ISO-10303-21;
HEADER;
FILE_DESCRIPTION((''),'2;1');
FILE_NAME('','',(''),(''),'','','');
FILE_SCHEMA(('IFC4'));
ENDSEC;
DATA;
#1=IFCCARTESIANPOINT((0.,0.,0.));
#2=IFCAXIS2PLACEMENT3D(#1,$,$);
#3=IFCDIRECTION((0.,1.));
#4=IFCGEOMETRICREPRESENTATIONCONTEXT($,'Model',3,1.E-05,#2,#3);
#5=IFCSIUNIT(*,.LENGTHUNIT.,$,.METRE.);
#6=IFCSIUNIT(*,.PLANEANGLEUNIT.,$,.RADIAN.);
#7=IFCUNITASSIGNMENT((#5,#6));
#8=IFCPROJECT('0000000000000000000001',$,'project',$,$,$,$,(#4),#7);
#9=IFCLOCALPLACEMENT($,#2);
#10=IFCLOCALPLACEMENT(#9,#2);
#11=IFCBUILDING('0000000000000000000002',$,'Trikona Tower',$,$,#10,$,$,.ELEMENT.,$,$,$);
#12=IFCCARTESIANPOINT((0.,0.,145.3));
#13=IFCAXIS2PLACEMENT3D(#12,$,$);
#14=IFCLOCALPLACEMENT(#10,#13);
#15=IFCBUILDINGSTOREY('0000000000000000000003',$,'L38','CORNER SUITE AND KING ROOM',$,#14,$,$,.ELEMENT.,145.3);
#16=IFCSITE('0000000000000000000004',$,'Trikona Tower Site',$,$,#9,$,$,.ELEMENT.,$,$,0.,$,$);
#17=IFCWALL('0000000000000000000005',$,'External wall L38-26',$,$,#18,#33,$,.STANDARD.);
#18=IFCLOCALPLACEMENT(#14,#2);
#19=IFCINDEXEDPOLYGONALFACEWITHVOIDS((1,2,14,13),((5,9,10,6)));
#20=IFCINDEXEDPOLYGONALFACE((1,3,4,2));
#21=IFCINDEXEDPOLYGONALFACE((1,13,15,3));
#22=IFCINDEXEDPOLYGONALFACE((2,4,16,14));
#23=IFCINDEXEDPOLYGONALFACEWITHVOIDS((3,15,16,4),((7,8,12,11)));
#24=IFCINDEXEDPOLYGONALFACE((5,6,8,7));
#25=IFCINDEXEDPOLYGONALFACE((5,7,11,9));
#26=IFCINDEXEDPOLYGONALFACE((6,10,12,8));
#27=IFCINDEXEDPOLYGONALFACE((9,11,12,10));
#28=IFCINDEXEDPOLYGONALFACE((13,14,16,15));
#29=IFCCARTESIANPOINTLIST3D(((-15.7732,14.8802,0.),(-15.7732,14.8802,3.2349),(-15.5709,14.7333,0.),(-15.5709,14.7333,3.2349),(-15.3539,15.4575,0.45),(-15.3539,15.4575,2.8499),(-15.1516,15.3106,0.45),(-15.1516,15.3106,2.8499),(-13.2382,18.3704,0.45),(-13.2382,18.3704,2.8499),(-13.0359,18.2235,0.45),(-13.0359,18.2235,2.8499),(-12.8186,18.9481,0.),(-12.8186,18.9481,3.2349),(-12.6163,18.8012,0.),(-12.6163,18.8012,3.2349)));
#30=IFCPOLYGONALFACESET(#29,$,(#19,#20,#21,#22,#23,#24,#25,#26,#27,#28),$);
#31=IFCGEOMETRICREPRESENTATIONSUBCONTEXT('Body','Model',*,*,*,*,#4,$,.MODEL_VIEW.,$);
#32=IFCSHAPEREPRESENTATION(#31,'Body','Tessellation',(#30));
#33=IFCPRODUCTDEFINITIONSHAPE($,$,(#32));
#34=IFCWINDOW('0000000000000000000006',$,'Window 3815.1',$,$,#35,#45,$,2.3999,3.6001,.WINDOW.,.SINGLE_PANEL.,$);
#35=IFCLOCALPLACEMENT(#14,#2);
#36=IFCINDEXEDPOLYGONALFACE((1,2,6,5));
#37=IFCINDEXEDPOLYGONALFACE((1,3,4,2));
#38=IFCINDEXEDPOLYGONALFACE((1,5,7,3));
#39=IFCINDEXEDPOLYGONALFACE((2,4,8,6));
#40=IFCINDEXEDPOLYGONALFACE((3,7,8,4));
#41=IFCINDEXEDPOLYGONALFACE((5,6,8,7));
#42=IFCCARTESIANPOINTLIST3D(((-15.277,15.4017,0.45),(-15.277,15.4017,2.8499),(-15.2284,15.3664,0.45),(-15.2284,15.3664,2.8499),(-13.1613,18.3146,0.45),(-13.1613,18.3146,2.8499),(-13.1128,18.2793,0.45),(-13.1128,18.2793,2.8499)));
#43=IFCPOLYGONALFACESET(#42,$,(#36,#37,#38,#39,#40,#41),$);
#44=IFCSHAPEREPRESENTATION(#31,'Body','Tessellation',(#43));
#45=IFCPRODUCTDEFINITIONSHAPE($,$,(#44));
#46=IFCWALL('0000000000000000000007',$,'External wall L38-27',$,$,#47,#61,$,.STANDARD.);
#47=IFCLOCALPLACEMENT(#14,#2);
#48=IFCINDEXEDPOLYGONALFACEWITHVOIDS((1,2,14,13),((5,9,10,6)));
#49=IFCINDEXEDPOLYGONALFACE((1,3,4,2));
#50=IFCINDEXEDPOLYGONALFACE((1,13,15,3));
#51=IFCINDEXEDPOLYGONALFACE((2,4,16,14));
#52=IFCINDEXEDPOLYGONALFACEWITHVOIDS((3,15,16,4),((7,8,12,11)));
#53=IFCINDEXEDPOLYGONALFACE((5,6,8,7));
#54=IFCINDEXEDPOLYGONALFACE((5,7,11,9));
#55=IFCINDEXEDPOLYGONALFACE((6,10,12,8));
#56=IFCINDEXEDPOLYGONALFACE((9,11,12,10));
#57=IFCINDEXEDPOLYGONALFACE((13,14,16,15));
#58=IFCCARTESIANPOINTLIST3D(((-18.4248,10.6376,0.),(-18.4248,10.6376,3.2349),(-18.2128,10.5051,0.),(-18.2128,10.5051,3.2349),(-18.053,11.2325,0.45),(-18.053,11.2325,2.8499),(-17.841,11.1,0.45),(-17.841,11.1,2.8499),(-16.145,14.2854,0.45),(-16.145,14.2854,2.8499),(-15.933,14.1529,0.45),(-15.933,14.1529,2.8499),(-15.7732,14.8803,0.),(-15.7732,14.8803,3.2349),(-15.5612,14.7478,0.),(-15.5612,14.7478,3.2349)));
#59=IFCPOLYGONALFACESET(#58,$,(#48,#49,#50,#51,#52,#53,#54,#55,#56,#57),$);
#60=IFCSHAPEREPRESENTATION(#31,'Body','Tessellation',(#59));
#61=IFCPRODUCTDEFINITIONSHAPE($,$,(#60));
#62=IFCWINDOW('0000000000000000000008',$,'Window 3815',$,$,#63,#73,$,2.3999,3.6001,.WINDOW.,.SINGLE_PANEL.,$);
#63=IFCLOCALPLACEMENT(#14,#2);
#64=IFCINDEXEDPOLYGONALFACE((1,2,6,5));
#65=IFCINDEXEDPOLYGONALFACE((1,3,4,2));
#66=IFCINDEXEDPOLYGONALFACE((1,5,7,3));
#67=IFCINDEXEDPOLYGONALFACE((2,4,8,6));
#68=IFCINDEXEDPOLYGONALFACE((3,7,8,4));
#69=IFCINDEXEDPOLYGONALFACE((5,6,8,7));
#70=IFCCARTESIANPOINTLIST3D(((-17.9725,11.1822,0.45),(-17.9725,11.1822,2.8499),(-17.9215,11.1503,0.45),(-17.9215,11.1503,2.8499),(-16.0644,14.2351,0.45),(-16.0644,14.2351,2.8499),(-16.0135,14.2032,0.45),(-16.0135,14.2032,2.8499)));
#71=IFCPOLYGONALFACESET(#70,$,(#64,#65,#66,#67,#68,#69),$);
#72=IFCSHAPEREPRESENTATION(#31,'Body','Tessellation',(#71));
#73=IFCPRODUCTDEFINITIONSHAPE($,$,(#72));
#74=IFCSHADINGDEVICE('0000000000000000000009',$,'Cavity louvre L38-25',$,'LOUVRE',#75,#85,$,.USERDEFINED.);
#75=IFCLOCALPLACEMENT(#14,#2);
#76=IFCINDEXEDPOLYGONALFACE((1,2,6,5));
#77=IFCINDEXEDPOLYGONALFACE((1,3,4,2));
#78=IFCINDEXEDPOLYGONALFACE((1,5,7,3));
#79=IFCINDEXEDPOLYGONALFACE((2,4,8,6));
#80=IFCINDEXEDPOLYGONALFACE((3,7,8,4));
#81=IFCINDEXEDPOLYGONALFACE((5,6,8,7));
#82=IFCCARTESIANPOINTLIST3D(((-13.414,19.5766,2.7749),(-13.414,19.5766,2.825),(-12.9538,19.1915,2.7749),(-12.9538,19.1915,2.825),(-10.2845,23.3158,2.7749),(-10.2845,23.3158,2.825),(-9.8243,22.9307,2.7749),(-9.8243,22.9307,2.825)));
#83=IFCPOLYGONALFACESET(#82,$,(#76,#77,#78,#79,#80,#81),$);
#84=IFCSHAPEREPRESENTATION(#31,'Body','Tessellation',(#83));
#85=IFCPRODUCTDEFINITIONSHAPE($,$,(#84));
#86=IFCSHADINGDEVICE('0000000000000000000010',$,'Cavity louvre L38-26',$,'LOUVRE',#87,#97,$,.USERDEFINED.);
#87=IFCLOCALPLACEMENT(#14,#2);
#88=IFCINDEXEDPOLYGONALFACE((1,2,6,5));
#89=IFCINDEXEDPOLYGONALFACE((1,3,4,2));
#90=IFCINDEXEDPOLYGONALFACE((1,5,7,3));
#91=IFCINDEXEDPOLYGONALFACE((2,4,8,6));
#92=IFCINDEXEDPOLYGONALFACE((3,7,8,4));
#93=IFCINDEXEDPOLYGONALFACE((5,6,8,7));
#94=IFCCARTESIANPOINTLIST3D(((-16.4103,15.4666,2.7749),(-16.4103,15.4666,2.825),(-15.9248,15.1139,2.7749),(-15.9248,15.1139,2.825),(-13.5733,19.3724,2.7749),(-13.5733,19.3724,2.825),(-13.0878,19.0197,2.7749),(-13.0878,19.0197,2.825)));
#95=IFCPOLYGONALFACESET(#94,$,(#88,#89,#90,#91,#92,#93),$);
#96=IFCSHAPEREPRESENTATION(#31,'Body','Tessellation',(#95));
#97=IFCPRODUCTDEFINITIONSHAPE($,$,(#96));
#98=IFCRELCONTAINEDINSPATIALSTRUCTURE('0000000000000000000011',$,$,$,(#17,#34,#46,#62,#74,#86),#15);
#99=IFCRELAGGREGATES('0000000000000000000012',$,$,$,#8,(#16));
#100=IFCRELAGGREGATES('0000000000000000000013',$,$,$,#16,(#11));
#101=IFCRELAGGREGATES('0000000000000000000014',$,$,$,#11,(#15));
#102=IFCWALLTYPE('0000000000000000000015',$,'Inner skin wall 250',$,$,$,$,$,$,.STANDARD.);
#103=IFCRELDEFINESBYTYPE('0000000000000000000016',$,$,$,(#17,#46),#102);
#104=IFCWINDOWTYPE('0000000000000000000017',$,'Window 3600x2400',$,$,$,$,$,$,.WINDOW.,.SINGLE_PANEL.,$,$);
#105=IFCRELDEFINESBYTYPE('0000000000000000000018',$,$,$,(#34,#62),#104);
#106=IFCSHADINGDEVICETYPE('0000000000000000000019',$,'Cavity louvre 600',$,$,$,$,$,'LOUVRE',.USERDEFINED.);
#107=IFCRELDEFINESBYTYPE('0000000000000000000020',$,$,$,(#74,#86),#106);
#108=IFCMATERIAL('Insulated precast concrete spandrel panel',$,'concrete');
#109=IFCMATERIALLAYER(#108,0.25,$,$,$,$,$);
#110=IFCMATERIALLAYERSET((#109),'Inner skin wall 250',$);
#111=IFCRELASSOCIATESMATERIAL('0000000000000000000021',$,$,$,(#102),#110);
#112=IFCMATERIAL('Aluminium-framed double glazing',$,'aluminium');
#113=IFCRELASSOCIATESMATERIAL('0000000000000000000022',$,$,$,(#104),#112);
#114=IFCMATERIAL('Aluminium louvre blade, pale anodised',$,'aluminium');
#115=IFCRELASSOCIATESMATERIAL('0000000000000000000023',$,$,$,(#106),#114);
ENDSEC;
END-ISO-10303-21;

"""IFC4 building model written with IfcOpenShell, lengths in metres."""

from ifc_helpers import new_model, si_unit, direction, frame, frame_2d, origin, origin_2d, place, context, subcontext, project, spatial, rectangle, extrude, material, layer, layer_set, type_object, element, fill, save


model = new_model("IFC4")

# Units and contexts
model_context = context("Model", 3, precision=1e-05, world=origin(), true_north=direction((0.0, 1.0)))
body_context = subcontext(model_context, "Body", "Model", "MODEL_VIEW")
ifc_project = project(units=[si_unit("LENGTHUNIT", "METRE"), si_unit("PLANEANGLEUNIT", "RADIAN")], contexts=[model_context])

# Site, building, storey
site_placement = place(None, origin())
site = spatial("IfcSite", under=ifc_project, at=site_placement, Name="Trikona Tower Site", CompositionType="ELEMENT", RefElevation=0.0)
building_placement = place(site_placement, origin())
building = spatial("IfcBuilding", under=site, at=building_placement, Name="Trikona Tower", CompositionType="ELEMENT")
storey_placement = place(building_placement, frame((0.0, 0.0, 145.3)))
storey = spatial("IfcBuildingStorey", under=building, at=storey_placement, Name="L38", Description="CORNER SUITE AND KING ROOM", CompositionType="ELEMENT", Elevation=145.3)

# Walls, openings, windows
ifc_material_1 = material(Name="Insulated precast concrete spandrel panel", Category="concrete")
ifc_layer_1 = layer(ifc_material_1, 0.25)
ifc_layer_set_1 = layer_set([ifc_layer_1], Name="Inner skin wall 250")
wall_type = type_object("IfcWallType", Name="Inner skin wall 250", PredefinedType="STANDARD", material=ifc_layer_set_1)
ifc_material_2 = material(Name="Aluminium-framed double glazing", Category="aluminium")
window_type = type_object("IfcWindowType", Name="Window 3600x2400", PartitioningType="SINGLE_PANEL", PredefinedType="WINDOW", material=ifc_material_2)
wall_1_placement = place(storey_placement, frame((-12.7175, 18.8745, 0.0), z_axis=(0.0, 0.0, 1.0), x_axis=(-0.587669, -0.809101, 0.0)))
wall_1 = element("IfcWall", 1, at=wall_1_placement, inside=storey, type_object=wall_type, Name="External wall L38-26", PredefinedType="STANDARD", context=body_context, shape_type="SweptSolid", body=[
    extrude(rectangle(XDim=5.0276, YDim=0.25, at=frame_2d((2.5137, 0.0))), origin(), (0.0, 0.0, 1.0), 3.2349),
])
opening_1_placement = place(wall_1_placement, frame((0.7139, 0.0, 0.45)))
opening_1 = element("IfcOpeningElement", 2, at=opening_1_placement, cuts=wall_1, PredefinedType="OPENING", context=body_context, shape_type="SweptSolid", body=[
    extrude(rectangle(XDim=3.6001, YDim=2.3999, at=frame_2d((1.8, 1.2))), frame((0.0, 0.135, 0.0), z_axis=(0.0, -1.0, 0.0), x_axis=(1.0, 0.0, 0.0)), (0.0, 0.0, 1.0), 0.27),
])
window_1_placement = place(opening_1_placement, origin())
window_1 = element("IfcWindow", 3, at=window_1_placement, inside=storey, type_object=window_type, Name="Window 3815.1", OverallHeight=2.3999, OverallWidth=3.6001, PartitioningType="SINGLE_PANEL", PredefinedType="WINDOW", context=body_context, shape_type="SweptSolid", body=[
    extrude(rectangle(XDim=3.6001, YDim=2.3999, at=frame_2d((1.8, 1.2))), frame((0.0, 0.03, 0.0), z_axis=(0.0, -1.0, 0.0), x_axis=(1.0, 0.0, 0.0)), (0.0, 0.0, 1.0), 0.0601),
])
fill(opening_1, window_1)
wall_2_placement = place(storey_placement, frame((-15.6672, 14.814, 0.0), z_axis=(0.0, 0.0, 1.0), x_axis=(-0.52999, -0.848004, 0.0)))
wall_2 = element("IfcWall", 4, at=wall_2_placement, inside=storey, type_object=wall_type, Name="External wall L38-27", PredefinedType="STANDARD", context=body_context, shape_type="SweptSolid", body=[
    extrude(rectangle(XDim=5.0032, YDim=0.25, at=frame_2d((2.5015, 0.0))), origin(), (0.0, 0.0, 1.0), 3.2349),
])
opening_2_placement = place(wall_2_placement, frame((0.7014, 0.0, 0.45)))
opening_2 = element("IfcOpeningElement", 5, at=opening_2_placement, cuts=wall_2, PredefinedType="OPENING", context=body_context, shape_type="SweptSolid", body=[
    extrude(rectangle(XDim=3.6001, YDim=2.3999, at=frame_2d((1.8, 1.2))), frame((0.0, 0.135, 0.0), z_axis=(0.0, -1.0, 0.0), x_axis=(1.0, 0.0, 0.0)), (0.0, 0.0, 1.0), 0.27),
])
window_2_placement = place(opening_2_placement, origin())
window_2 = element("IfcWindow", 6, at=window_2_placement, inside=storey, type_object=window_type, Name="Window 3815", OverallHeight=2.3999, OverallWidth=3.6001, PartitioningType="SINGLE_PANEL", PredefinedType="WINDOW", context=body_context, shape_type="SweptSolid", body=[
    extrude(rectangle(XDim=3.6001, YDim=2.3999, at=frame_2d((1.8, 1.2))), frame((0.0, 0.03, 0.0), z_axis=(0.0, -1.0, 0.0), x_axis=(1.0, 0.0, 0.0)), (0.0, 0.0, 1.0), 0.0601),
])
fill(opening_2, window_2)

# Shading devices
ifc_material_3 = material(Name="Aluminium louvre blade, pale anodised", Category="aluminium")
shading_device_type = type_object("IfcShadingDeviceType", Name="Cavity louvre 600", ElementType="LOUVRE", PredefinedType="USERDEFINED", material=ifc_material_3)
shading_device_1_placement = place(storey_placement, frame((-11.6191, 21.2537, 2.7749), z_axis=(0.0, 0.0, 1.0), x_axis=(-0.641807, -0.766866, 0.0)))
element("IfcShadingDevice", 7, at=shading_device_1_placement, inside=storey, type_object=shading_device_type, Name="Cavity louvre L38-25", ObjectType="LOUVRE", PredefinedType="USERDEFINED", context=body_context, shape_type="SweptSolid", body=[
    extrude(rectangle(XDim=4.876, YDim=0.6001, at=origin_2d()), origin(), (0.0, 0.0, 1.0), 0.05),
])
shading_device_2_placement = place(storey_placement, frame((-14.749, 17.2432, 2.7749), z_axis=(0.0, 0.0, 1.0), x_axis=(-0.587686, -0.809089, 0.0)))
element("IfcShadingDevice", 8, at=shading_device_2_placement, inside=storey, type_object=shading_device_type, Name="Cavity louvre L38-26", ObjectType="LOUVRE", PredefinedType="USERDEFINED", context=body_context, shape_type="SweptSolid", body=[
    extrude(rectangle(XDim=4.8274, YDim=0.6001, at=origin_2d()), origin(), (0.0, 0.0, 1.0), 0.05),
])

save(model, "model.ifc")
